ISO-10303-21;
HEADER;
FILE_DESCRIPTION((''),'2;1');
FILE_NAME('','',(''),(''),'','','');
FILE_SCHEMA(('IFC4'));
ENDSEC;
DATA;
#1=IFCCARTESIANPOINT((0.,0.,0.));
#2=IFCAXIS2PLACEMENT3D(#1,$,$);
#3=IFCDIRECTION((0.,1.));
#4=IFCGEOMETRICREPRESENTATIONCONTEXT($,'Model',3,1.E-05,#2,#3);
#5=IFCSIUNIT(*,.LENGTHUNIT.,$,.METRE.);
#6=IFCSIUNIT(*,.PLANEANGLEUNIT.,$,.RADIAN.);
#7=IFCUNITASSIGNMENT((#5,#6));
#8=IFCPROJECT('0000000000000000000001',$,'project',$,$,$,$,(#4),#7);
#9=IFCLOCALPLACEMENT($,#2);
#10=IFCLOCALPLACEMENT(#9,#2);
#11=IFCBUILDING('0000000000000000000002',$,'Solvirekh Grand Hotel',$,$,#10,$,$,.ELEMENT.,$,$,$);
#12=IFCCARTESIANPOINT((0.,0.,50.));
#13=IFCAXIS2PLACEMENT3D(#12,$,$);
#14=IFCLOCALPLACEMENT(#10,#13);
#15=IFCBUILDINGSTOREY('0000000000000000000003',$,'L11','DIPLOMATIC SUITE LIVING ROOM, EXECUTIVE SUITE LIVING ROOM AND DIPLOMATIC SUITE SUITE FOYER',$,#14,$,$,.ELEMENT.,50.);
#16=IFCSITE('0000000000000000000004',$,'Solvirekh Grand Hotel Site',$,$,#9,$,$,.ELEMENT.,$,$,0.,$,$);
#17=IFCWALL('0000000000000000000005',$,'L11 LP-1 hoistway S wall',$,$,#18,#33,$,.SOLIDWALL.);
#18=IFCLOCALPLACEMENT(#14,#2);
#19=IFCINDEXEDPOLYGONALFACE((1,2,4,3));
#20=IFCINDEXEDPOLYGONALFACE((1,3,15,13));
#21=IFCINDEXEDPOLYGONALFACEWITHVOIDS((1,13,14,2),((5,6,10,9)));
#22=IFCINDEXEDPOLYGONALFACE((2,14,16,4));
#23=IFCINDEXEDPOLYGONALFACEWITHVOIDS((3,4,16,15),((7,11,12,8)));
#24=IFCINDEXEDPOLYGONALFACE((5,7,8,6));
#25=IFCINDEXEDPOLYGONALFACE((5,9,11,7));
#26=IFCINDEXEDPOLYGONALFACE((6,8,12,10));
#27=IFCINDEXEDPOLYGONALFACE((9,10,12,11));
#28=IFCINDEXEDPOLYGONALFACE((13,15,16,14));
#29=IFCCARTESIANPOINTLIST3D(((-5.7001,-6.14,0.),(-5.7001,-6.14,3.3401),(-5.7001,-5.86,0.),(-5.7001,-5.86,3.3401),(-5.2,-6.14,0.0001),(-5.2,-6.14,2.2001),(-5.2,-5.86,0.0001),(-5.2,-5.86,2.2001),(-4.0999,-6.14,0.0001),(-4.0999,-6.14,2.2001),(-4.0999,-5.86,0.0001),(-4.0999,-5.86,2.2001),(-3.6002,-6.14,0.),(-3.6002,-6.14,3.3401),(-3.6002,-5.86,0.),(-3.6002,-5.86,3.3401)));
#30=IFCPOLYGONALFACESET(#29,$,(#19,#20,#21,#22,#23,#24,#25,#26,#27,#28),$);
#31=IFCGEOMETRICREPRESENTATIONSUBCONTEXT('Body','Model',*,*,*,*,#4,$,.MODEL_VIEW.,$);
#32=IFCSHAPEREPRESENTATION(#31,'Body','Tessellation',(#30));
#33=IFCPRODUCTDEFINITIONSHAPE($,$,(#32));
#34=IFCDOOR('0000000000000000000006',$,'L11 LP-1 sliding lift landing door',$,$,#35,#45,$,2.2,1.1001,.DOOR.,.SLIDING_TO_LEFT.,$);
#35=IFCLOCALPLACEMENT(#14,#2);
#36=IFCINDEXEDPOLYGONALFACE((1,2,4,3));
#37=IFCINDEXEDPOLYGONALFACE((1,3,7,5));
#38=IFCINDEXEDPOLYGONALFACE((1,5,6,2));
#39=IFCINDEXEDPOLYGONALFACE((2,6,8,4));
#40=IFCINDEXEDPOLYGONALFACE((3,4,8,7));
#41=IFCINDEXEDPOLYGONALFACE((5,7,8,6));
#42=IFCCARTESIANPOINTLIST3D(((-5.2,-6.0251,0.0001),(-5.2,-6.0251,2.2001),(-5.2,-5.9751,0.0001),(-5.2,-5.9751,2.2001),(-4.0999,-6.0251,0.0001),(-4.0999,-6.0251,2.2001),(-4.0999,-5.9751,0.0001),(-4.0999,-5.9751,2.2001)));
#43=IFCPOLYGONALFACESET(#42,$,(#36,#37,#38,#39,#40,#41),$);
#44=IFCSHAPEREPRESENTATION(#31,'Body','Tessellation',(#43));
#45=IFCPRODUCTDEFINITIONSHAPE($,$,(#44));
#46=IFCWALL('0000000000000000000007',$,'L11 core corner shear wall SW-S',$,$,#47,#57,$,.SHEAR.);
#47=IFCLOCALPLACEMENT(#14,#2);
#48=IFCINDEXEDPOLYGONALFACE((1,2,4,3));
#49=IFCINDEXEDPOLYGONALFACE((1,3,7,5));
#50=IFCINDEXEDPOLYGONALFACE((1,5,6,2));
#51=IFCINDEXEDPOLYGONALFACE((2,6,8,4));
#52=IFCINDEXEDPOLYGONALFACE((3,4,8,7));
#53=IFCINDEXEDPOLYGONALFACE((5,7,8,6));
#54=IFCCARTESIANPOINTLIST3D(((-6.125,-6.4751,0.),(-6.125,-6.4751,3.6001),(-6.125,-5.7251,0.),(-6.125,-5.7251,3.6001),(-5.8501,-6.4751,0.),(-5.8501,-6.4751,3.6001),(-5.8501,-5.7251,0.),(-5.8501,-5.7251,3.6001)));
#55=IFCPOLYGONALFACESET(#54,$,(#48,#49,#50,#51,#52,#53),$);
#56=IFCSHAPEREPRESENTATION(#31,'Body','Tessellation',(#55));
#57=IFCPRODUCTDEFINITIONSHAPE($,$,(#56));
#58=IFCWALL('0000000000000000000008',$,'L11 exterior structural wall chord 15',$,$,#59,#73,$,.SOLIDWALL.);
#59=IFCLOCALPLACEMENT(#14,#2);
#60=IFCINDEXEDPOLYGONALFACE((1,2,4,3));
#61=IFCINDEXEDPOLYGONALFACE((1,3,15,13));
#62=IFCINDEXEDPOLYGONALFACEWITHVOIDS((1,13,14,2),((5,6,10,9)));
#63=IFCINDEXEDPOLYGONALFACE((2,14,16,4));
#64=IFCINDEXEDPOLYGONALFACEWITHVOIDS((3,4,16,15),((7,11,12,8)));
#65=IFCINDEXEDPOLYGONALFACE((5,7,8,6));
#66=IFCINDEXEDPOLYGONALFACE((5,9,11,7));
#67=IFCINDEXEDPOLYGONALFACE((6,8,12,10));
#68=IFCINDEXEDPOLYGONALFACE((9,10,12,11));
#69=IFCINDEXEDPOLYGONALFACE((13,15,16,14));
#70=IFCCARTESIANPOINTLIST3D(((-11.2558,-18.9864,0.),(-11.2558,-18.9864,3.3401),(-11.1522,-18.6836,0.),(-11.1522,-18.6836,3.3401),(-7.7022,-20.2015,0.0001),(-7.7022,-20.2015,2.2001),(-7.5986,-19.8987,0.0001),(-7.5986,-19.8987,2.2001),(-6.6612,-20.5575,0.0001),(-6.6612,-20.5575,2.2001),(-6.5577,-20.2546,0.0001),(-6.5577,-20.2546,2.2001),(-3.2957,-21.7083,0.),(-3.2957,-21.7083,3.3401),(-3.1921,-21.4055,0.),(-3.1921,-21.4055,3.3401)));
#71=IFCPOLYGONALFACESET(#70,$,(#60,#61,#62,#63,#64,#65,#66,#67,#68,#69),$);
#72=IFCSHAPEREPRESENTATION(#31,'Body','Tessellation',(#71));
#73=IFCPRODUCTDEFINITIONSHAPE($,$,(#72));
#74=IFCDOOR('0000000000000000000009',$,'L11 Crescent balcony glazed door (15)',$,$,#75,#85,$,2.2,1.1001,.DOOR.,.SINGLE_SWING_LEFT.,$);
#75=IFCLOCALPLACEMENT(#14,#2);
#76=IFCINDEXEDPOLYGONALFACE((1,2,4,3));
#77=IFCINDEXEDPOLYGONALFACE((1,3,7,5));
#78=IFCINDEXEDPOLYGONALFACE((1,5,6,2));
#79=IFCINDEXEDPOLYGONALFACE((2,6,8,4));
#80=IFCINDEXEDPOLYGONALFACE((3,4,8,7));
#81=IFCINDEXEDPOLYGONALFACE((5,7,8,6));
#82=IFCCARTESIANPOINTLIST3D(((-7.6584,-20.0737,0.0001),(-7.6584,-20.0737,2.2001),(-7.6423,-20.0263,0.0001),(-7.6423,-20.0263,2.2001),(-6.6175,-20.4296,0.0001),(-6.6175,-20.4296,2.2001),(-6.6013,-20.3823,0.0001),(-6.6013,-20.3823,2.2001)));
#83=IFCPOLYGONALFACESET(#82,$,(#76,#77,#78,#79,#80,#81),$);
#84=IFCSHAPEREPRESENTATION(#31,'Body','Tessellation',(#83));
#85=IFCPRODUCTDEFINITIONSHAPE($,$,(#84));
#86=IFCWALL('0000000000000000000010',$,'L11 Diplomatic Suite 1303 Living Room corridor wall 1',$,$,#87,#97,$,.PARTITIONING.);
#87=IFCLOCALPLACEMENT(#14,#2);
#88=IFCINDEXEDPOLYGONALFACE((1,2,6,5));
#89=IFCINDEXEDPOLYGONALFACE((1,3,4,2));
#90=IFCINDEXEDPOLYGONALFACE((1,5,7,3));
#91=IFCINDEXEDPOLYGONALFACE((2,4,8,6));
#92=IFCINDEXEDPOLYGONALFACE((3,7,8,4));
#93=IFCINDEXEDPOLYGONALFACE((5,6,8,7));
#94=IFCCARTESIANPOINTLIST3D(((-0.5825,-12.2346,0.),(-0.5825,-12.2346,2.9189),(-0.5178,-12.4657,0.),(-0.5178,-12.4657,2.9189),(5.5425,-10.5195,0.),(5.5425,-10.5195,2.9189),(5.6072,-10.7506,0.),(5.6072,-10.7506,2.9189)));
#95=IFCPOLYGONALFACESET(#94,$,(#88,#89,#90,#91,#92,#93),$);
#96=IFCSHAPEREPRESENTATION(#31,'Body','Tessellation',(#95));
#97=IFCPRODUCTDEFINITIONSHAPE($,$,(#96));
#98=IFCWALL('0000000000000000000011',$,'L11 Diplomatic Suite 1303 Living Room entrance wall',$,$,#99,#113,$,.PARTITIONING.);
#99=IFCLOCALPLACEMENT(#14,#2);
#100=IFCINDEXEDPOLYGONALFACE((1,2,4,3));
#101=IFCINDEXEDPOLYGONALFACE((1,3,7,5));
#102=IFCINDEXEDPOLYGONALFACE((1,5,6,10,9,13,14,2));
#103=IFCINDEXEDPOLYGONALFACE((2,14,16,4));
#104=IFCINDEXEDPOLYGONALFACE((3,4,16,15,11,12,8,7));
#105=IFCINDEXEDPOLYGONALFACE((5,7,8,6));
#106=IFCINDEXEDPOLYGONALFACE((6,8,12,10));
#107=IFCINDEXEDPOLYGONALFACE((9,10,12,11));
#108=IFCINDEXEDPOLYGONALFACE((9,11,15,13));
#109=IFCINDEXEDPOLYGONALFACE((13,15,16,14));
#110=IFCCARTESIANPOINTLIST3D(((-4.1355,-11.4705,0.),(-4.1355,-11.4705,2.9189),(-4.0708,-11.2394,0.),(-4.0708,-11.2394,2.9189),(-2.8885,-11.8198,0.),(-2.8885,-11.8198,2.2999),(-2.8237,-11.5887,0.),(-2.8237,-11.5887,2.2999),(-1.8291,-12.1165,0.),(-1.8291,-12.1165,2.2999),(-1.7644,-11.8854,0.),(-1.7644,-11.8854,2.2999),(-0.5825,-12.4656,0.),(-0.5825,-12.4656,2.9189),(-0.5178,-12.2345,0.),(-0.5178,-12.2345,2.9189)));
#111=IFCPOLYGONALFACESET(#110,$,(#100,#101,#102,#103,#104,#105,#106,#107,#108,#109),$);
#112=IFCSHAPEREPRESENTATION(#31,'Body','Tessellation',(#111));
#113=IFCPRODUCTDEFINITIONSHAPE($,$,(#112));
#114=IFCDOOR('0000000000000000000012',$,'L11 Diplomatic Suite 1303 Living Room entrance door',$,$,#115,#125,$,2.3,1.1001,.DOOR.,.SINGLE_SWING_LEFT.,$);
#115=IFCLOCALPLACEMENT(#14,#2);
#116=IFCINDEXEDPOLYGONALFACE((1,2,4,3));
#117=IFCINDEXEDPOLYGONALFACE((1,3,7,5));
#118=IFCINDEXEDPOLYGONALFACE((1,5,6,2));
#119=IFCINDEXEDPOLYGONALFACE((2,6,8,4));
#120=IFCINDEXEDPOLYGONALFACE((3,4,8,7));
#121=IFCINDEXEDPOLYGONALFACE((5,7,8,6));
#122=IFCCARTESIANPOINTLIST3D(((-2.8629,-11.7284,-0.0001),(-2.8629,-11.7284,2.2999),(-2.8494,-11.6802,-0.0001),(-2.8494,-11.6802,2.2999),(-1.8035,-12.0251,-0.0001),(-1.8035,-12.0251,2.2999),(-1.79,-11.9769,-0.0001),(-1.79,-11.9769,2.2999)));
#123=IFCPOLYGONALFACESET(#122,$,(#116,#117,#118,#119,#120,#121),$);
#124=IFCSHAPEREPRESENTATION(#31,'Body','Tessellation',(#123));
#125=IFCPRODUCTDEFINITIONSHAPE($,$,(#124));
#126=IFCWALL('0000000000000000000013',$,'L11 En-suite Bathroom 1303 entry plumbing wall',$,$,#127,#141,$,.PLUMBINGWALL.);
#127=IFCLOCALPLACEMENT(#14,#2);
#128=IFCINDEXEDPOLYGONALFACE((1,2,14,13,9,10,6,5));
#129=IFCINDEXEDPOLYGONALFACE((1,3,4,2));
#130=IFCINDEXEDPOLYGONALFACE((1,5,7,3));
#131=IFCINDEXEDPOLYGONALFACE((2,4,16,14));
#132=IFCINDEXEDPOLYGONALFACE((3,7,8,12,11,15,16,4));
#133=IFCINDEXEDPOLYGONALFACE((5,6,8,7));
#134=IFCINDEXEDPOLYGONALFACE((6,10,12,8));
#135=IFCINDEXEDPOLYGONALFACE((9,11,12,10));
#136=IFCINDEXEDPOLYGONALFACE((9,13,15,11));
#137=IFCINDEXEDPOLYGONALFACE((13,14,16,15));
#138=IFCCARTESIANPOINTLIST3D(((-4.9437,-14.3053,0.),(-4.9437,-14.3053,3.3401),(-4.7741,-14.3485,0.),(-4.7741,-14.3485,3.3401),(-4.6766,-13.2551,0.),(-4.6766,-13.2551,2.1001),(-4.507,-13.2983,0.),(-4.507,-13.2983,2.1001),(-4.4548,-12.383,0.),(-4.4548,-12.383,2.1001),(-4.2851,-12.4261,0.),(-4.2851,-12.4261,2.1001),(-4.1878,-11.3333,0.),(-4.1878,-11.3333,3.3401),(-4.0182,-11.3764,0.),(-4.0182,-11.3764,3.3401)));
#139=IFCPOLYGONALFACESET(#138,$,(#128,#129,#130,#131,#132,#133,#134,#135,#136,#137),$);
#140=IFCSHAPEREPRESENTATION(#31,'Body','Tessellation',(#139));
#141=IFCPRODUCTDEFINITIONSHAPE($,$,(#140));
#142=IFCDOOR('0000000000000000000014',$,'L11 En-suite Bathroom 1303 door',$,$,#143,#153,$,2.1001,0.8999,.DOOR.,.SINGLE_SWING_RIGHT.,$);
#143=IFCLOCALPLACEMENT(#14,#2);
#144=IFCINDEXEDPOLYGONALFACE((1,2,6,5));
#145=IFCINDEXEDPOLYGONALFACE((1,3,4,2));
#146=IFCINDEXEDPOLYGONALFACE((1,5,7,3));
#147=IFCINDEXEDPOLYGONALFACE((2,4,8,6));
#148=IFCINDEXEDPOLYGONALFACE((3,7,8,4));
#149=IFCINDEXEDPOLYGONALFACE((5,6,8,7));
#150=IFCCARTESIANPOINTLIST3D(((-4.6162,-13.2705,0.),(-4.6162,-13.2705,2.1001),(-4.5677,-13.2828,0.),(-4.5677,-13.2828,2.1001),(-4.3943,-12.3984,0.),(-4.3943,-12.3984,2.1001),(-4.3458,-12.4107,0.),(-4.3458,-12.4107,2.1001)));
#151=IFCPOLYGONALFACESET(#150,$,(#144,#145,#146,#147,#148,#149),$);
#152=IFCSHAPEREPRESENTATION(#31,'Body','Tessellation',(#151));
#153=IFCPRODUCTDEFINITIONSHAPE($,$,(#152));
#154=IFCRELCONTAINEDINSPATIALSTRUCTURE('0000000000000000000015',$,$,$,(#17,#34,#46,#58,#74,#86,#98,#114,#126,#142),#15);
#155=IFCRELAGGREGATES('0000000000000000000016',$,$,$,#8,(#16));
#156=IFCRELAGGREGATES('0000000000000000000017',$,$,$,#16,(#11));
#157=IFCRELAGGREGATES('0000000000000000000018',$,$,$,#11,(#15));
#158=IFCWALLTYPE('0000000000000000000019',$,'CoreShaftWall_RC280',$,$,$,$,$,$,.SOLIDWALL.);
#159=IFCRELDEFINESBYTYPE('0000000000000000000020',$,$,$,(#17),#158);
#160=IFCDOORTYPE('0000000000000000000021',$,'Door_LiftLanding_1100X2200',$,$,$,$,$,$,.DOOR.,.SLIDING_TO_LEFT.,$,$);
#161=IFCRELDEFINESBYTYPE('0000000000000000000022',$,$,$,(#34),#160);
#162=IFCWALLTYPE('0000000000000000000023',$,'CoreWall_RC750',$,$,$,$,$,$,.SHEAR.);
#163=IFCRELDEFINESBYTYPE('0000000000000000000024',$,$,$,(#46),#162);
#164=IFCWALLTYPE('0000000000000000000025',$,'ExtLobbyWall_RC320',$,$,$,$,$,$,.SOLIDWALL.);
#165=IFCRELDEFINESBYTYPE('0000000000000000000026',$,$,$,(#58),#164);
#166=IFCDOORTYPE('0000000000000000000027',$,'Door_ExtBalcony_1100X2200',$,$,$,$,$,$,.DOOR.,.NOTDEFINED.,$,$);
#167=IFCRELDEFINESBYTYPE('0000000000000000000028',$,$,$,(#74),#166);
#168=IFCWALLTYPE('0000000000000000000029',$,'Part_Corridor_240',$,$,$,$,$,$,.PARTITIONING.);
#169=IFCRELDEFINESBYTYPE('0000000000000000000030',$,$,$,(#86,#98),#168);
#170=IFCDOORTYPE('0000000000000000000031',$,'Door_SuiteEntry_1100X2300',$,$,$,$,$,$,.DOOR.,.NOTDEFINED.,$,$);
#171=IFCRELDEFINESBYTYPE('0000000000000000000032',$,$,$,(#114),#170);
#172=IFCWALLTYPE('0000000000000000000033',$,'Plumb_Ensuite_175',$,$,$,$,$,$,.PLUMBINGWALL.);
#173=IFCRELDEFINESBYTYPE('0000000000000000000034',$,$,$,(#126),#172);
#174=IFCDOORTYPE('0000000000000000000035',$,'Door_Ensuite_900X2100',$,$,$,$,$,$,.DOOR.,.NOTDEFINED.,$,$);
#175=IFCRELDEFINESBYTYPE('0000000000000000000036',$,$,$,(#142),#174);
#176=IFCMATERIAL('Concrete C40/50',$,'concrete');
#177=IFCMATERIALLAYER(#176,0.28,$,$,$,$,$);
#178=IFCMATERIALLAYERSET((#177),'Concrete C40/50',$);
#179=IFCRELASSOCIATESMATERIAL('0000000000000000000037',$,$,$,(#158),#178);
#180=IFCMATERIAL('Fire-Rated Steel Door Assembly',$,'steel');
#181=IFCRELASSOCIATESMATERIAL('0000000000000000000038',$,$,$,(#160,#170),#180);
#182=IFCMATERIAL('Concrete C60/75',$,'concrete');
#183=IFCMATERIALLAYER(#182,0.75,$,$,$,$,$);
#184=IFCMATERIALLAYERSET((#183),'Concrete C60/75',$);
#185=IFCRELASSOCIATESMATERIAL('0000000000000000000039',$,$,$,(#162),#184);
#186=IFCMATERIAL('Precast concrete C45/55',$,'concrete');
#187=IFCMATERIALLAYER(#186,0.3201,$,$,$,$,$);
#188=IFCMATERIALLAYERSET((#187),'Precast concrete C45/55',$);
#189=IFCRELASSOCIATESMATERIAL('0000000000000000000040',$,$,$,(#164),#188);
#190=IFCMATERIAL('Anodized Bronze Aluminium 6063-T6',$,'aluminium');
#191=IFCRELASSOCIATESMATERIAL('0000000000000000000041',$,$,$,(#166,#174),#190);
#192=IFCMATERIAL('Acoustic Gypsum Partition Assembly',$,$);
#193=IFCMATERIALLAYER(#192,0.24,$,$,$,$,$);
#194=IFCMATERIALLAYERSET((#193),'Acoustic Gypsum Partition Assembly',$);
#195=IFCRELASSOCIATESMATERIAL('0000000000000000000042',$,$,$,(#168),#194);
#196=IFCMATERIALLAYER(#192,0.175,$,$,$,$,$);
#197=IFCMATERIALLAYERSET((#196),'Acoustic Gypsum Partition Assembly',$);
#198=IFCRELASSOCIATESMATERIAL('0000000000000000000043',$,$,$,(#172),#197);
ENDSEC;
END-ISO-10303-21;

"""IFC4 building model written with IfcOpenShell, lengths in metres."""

from ifc_helpers import new_model, si_unit, direction, frame, frame_2d, origin, place, context, subcontext, project, spatial, rectangle, extrude, material, layer, layer_set, type_object, element, fill, save


model = new_model("IFC4")

# Units and contexts
model_context = context("Model", 3, precision=1e-05, world=origin(), true_north=direction((0.0, 1.0)))
body_context = subcontext(model_context, "Body", "Model", "MODEL_VIEW")
ifc_project = project(units=[si_unit("LENGTHUNIT", "METRE"), si_unit("PLANEANGLEUNIT", "RADIAN")], contexts=[model_context])

# Site, building, storey
site_placement = place(None, origin())
site = spatial("IfcSite", under=ifc_project, at=site_placement, Name="Solvirekh Grand Hotel Site", CompositionType="ELEMENT", RefElevation=0.0)
building_placement = place(site_placement, origin())
building = spatial("IfcBuilding", under=site, at=building_placement, Name="Solvirekh Grand Hotel", CompositionType="ELEMENT")
storey_placement = place(building_placement, frame((0.0, 0.0, 50.0)))
storey = spatial("IfcBuildingStorey", under=building, at=storey_placement, Name="L11", Description="DIPLOMATIC SUITE LIVING ROOM, EXECUTIVE SUITE LIVING ROOM AND DIPLOMATIC SUITE SUITE FOYER", CompositionType="ELEMENT", Elevation=50.0)

# Shared definitions
ifc_material_1 = material(Name="Concrete C60/75", Category="concrete")

# Wall, opening, door
ifc_material_2 = material(Name="Concrete C40/50", Category="concrete")
ifc_layer_1 = layer(ifc_material_2, 0.28)
ifc_layer_set_1 = layer_set([ifc_layer_1], Name="Concrete C40/50")
wall_type_1 = type_object("IfcWallType", Name="CoreShaftWall_RC280", PredefinedType="SOLIDWALL", material=ifc_layer_set_1)
wall_1_placement = place(storey_placement, frame((-5.7, -6.0, 0.0), z_axis=(0.0, 0.0, 1.0), x_axis=(1.0, 0.0, 0.0)))
wall_1 = element("IfcWall", 1, at=wall_1_placement, inside=storey, type_object=wall_type_1, Name="L11 LP-1 hoistway S wall", PredefinedType="SOLIDWALL", context=body_context, shape_type="SweptSolid", body=[
    extrude(rectangle(XDim=2.0999, YDim=0.28, at=frame_2d((1.0498, 0.0))), origin(), (0.0, 0.0, 1.0), 3.3401),
])
opening_1_placement = place(wall_1_placement, frame((0.5, 0.0, 0.0)))
opening_1 = element("IfcOpeningElement", 2, at=opening_1_placement, cuts=wall_1, PredefinedType="OPENING", context=body_context, shape_type="SweptSolid", body=[
    extrude(rectangle(XDim=1.1001, YDim=2.2, at=frame_2d((0.55, 1.1001))), frame((0.0, 0.1499, 0.0), z_axis=(0.0, -1.0, 0.0), x_axis=(1.0, 0.0, 0.0)), (0.0, 0.0, 1.0), 0.3),
])
ifc_material_3 = material(Name="Fire-Rated Steel Door Assembly", Category="steel")
door_type_1 = type_object("IfcDoorType", Name="Door_LiftLanding_1100X2200", OperationType="SLIDING_TO_LEFT", PredefinedType="DOOR", material=ifc_material_3)
door_1_placement = place(opening_1_placement, origin())
door_1 = element("IfcDoor", 3, at=door_1_placement, inside=storey, type_object=door_type_1, Name="L11 LP-1 sliding lift landing door", OperationType="SLIDING_TO_LEFT", OverallHeight=2.2, OverallWidth=1.1001, PredefinedType="DOOR", context=body_context, shape_type="SweptSolid", body=[
    extrude(rectangle(XDim=1.1001, YDim=2.2, at=frame_2d((0.55, 1.1001))), frame((0.0, 0.0249, 0.0), z_axis=(0.0, -1.0, 0.0), x_axis=(1.0, 0.0, 0.0)), (0.0, 0.0, 1.0), 0.05),
])
fill(opening_1, door_1)

# Wall
ifc_layer_2 = layer(ifc_material_1, 0.75)
ifc_layer_set_2 = layer_set([ifc_layer_2], Name="Concrete C60/75")
wall_type_2 = type_object("IfcWallType", Name="CoreWall_RC750", PredefinedType="SHEAR", material=ifc_layer_set_2)
wall_2_placement = place(storey_placement, frame((-6.125, -6.1001, 0.0), z_axis=(0.0, 0.0, 1.0), x_axis=(1.0, 0.0, 0.0)))
element("IfcWall", 4, at=wall_2_placement, inside=storey, type_object=wall_type_2, Name="L11 core corner shear wall SW-S", PredefinedType="SHEAR", context=body_context, shape_type="SweptSolid", body=[
    extrude(rectangle(XDim=0.2749, YDim=0.75, at=frame_2d((0.1375, 0.0))), origin(), (0.0, 0.0, 1.0), 3.6001),
])

# Wall, opening, door
ifc_material_4 = material(Name="Precast concrete C45/55", Category="concrete")
ifc_layer_3 = layer(ifc_material_4, 0.3201)
ifc_layer_set_3 = layer_set([ifc_layer_3], Name="Precast concrete C45/55")
wall_type_3 = type_object("IfcWallType", Name="ExtLobbyWall_RC320", PredefinedType="SOLIDWALL", material=ifc_layer_set_3)
wall_3_placement = place(storey_placement, frame((-3.2439, -21.5569, 0.0), z_axis=(0.0, 0.0, 1.0), x_axis=(-0.946211, 0.323549, 0.0)))
wall_3 = element("IfcWall", 5, at=wall_3_placement, inside=storey, type_object=wall_type_3, Name="L11 exterior structural wall chord 15", PredefinedType="SOLIDWALL", context=body_context, shape_type="SweptSolid", body=[
    extrude(rectangle(XDim=8.4126, YDim=0.3201, at=frame_2d((4.2063, 0.0))), origin(), (0.0, 0.0, 1.0), 3.3401),
])
opening_2_placement = place(wall_3_placement, frame((3.5569, 0.0, 0.0)))
opening_2 = element("IfcOpeningElement", 6, at=opening_2_placement, cuts=wall_3, PredefinedType="OPENING", context=body_context, shape_type="SweptSolid", body=[
    extrude(rectangle(XDim=1.1001, YDim=2.2, at=frame_2d((0.55, 1.1001))), frame((0.0, 0.1699, 0.0), z_axis=(0.0, -1.0, 0.0), x_axis=(1.0, 0.0, 0.0)), (0.0, 0.0, 1.0), 0.3401),
])
ifc_material_5 = material(Name="Anodized Bronze Aluminium 6063-T6", Category="aluminium")
door_type_2 = type_object("IfcDoorType", Name="Door_ExtBalcony_1100X2200", OperationType="NOTDEFINED", PredefinedType="DOOR", material=ifc_material_5)
door_2_placement = place(opening_2_placement, origin())
door_2 = element("IfcDoor", 7, at=door_2_placement, inside=storey, type_object=door_type_2, Name="L11 Crescent balcony glazed door (15)", OperationType="SINGLE_SWING_LEFT", OverallHeight=2.2, OverallWidth=1.1001, PredefinedType="DOOR", context=body_context, shape_type="SweptSolid", body=[
    extrude(rectangle(XDim=1.1001, YDim=2.2, at=frame_2d((0.55, 1.1001))), frame((0.0, 0.0249, 0.0), z_axis=(0.0, -1.0, 0.0), x_axis=(1.0, 0.0, 0.0)), (0.0, 0.0, 1.0), 0.05),
])
fill(opening_2, door_2)

# Wall
ifc_material_6 = material(Name="Acoustic Gypsum Partition Assembly")
ifc_layer_4 = layer(ifc_material_6, 0.24)
ifc_layer_set_4 = layer_set([ifc_layer_4], Name="Acoustic Gypsum Partition Assembly")
wall_type_4 = type_object("IfcWallType", Name="Part_Corridor_240", PredefinedType="PARTITIONING", material=ifc_layer_set_4)
wall_4_placement = place(storey_placement, frame((-0.55, -12.3501, 0.0), z_axis=(0.0, 0.0, 1.0), x_axis=(0.96296, 0.269643, 0.0)))
element("IfcWall", 8, at=wall_4_placement, inside=storey, type_object=wall_type_4, Name="L11 Diplomatic Suite 1303 Living Room corridor wall 1", PredefinedType="PARTITIONING", context=body_context, shape_type="SweptSolid", body=[
    extrude(rectangle(XDim=6.3606, YDim=0.24, at=frame_2d((3.1802, 0.0))), origin(), (0.0, 0.0, 1.0), 2.9189),
])

# Walls, openings, doors
wall_5_placement = place(storey_placement, frame((-4.103, -11.355, 0.0), z_axis=(0.0, 0.0, 1.0), x_axis=(0.962944, -0.269701, 0.0)))
wall_5 = element("IfcWall", 9, at=wall_5_placement, inside=storey, type_object=wall_type_4, Name="L11 Diplomatic Suite 1303 Living Room entrance wall", PredefinedType="PARTITIONING", context=body_context, shape_type="SweptSolid", body=[
    extrude(rectangle(XDim=3.6897, YDim=0.24, at=frame_2d((1.8447, 0.0))), origin(), (0.0, 0.0, 1.0), 2.9189),
])
opening_3_placement = place(wall_5_placement, frame((1.2949, 0.0, 0.0)))
opening_3 = element("IfcOpeningElement", 10, at=opening_3_placement, cuts=wall_5, PredefinedType="OPENING", context=body_context, shape_type="SweptSolid", body=[
    extrude(rectangle(XDim=1.1001, YDim=2.3, at=frame_2d((0.55, 1.1499))), frame((0.0, 0.1299, 0.0), z_axis=(0.0, -1.0, 0.0), x_axis=(1.0, 0.0, 0.0)), (0.0, 0.0, 1.0), 0.26),
])
door_type_3 = type_object("IfcDoorType", Name="Door_SuiteEntry_1100X2300", OperationType="NOTDEFINED", PredefinedType="DOOR", material=ifc_material_3)
door_3_placement = place(opening_3_placement, origin())
door_3 = element("IfcDoor", 11, at=door_3_placement, inside=storey, type_object=door_type_3, Name="L11 Diplomatic Suite 1303 Living Room entrance door", OperationType="SINGLE_SWING_LEFT", OverallHeight=2.3, OverallWidth=1.1001, PredefinedType="DOOR", context=body_context, shape_type="SweptSolid", body=[
    extrude(rectangle(XDim=1.1001, YDim=2.3, at=frame_2d((0.55, 1.1499))), frame((0.0, 0.0249, 0.0), z_axis=(0.0, -1.0, 0.0), x_axis=(1.0, 0.0, 0.0)), (0.0, 0.0, 1.0), 0.05),
])
fill(opening_3, door_3)
ifc_layer_5 = layer(ifc_material_6, 0.175)
ifc_layer_set_5 = layer_set([ifc_layer_5], Name="Acoustic Gypsum Partition Assembly")
wall_type_5 = type_object("IfcWallType", Name="Plumb_Ensuite_175", PredefinedType="PLUMBINGWALL", material=ifc_layer_set_5)
wall_6_placement = place(storey_placement, frame((-4.103, -11.355, 0.0), z_axis=(0.0, 0.0, 1.0), x_axis=(-0.246486, -0.969146, 0.0)))
wall_6 = element("IfcWall", 12, at=wall_6_placement, inside=storey, type_object=wall_type_5, Name="L11 En-suite Bathroom 1303 entry plumbing wall", PredefinedType="PLUMBINGWALL", context=body_context, shape_type="SweptSolid", body=[
    extrude(rectangle(XDim=3.0667, YDim=0.175, at=frame_2d((1.5332, 0.0))), origin(), (0.0, 0.0, 1.0), 3.3401),
])
opening_4_placement = place(wall_6_placement, frame((1.083, 0.0, 0.0)))
opening_4 = element("IfcOpeningElement", 13, at=opening_4_placement, cuts=wall_6, PredefinedType="OPENING", context=body_context, shape_type="SweptSolid", body=[
    extrude(rectangle(XDim=0.8999, YDim=2.1001, at=frame_2d((0.45, 1.05))), frame((0.0, 0.0977, 0.0), z_axis=(0.0, -1.0, 0.0), x_axis=(1.0, 0.0, 0.0)), (0.0, 0.0, 1.0), 0.1951),
])
door_type_4 = type_object("IfcDoorType", Name="Door_Ensuite_900X2100", OperationType="NOTDEFINED", PredefinedType="DOOR", material=ifc_material_5)
door_4_placement = place(opening_4_placement, origin())
door_4 = element("IfcDoor", 14, at=door_4_placement, inside=storey, type_object=door_type_4, Name="L11 En-suite Bathroom 1303 door", OperationType="SINGLE_SWING_RIGHT", OverallHeight=2.1001, OverallWidth=0.8999, PredefinedType="DOOR", context=body_context, shape_type="SweptSolid", body=[
    extrude(rectangle(XDim=0.8999, YDim=2.1001, at=frame_2d((0.45, 1.05))), frame((0.0, 0.0249, 0.0), z_axis=(0.0, -1.0, 0.0), x_axis=(1.0, 0.0, 0.0)), (0.0, 0.0, 1.0), 0.05),
])
fill(opening_4, door_4)

save(model, "model.ifc")
